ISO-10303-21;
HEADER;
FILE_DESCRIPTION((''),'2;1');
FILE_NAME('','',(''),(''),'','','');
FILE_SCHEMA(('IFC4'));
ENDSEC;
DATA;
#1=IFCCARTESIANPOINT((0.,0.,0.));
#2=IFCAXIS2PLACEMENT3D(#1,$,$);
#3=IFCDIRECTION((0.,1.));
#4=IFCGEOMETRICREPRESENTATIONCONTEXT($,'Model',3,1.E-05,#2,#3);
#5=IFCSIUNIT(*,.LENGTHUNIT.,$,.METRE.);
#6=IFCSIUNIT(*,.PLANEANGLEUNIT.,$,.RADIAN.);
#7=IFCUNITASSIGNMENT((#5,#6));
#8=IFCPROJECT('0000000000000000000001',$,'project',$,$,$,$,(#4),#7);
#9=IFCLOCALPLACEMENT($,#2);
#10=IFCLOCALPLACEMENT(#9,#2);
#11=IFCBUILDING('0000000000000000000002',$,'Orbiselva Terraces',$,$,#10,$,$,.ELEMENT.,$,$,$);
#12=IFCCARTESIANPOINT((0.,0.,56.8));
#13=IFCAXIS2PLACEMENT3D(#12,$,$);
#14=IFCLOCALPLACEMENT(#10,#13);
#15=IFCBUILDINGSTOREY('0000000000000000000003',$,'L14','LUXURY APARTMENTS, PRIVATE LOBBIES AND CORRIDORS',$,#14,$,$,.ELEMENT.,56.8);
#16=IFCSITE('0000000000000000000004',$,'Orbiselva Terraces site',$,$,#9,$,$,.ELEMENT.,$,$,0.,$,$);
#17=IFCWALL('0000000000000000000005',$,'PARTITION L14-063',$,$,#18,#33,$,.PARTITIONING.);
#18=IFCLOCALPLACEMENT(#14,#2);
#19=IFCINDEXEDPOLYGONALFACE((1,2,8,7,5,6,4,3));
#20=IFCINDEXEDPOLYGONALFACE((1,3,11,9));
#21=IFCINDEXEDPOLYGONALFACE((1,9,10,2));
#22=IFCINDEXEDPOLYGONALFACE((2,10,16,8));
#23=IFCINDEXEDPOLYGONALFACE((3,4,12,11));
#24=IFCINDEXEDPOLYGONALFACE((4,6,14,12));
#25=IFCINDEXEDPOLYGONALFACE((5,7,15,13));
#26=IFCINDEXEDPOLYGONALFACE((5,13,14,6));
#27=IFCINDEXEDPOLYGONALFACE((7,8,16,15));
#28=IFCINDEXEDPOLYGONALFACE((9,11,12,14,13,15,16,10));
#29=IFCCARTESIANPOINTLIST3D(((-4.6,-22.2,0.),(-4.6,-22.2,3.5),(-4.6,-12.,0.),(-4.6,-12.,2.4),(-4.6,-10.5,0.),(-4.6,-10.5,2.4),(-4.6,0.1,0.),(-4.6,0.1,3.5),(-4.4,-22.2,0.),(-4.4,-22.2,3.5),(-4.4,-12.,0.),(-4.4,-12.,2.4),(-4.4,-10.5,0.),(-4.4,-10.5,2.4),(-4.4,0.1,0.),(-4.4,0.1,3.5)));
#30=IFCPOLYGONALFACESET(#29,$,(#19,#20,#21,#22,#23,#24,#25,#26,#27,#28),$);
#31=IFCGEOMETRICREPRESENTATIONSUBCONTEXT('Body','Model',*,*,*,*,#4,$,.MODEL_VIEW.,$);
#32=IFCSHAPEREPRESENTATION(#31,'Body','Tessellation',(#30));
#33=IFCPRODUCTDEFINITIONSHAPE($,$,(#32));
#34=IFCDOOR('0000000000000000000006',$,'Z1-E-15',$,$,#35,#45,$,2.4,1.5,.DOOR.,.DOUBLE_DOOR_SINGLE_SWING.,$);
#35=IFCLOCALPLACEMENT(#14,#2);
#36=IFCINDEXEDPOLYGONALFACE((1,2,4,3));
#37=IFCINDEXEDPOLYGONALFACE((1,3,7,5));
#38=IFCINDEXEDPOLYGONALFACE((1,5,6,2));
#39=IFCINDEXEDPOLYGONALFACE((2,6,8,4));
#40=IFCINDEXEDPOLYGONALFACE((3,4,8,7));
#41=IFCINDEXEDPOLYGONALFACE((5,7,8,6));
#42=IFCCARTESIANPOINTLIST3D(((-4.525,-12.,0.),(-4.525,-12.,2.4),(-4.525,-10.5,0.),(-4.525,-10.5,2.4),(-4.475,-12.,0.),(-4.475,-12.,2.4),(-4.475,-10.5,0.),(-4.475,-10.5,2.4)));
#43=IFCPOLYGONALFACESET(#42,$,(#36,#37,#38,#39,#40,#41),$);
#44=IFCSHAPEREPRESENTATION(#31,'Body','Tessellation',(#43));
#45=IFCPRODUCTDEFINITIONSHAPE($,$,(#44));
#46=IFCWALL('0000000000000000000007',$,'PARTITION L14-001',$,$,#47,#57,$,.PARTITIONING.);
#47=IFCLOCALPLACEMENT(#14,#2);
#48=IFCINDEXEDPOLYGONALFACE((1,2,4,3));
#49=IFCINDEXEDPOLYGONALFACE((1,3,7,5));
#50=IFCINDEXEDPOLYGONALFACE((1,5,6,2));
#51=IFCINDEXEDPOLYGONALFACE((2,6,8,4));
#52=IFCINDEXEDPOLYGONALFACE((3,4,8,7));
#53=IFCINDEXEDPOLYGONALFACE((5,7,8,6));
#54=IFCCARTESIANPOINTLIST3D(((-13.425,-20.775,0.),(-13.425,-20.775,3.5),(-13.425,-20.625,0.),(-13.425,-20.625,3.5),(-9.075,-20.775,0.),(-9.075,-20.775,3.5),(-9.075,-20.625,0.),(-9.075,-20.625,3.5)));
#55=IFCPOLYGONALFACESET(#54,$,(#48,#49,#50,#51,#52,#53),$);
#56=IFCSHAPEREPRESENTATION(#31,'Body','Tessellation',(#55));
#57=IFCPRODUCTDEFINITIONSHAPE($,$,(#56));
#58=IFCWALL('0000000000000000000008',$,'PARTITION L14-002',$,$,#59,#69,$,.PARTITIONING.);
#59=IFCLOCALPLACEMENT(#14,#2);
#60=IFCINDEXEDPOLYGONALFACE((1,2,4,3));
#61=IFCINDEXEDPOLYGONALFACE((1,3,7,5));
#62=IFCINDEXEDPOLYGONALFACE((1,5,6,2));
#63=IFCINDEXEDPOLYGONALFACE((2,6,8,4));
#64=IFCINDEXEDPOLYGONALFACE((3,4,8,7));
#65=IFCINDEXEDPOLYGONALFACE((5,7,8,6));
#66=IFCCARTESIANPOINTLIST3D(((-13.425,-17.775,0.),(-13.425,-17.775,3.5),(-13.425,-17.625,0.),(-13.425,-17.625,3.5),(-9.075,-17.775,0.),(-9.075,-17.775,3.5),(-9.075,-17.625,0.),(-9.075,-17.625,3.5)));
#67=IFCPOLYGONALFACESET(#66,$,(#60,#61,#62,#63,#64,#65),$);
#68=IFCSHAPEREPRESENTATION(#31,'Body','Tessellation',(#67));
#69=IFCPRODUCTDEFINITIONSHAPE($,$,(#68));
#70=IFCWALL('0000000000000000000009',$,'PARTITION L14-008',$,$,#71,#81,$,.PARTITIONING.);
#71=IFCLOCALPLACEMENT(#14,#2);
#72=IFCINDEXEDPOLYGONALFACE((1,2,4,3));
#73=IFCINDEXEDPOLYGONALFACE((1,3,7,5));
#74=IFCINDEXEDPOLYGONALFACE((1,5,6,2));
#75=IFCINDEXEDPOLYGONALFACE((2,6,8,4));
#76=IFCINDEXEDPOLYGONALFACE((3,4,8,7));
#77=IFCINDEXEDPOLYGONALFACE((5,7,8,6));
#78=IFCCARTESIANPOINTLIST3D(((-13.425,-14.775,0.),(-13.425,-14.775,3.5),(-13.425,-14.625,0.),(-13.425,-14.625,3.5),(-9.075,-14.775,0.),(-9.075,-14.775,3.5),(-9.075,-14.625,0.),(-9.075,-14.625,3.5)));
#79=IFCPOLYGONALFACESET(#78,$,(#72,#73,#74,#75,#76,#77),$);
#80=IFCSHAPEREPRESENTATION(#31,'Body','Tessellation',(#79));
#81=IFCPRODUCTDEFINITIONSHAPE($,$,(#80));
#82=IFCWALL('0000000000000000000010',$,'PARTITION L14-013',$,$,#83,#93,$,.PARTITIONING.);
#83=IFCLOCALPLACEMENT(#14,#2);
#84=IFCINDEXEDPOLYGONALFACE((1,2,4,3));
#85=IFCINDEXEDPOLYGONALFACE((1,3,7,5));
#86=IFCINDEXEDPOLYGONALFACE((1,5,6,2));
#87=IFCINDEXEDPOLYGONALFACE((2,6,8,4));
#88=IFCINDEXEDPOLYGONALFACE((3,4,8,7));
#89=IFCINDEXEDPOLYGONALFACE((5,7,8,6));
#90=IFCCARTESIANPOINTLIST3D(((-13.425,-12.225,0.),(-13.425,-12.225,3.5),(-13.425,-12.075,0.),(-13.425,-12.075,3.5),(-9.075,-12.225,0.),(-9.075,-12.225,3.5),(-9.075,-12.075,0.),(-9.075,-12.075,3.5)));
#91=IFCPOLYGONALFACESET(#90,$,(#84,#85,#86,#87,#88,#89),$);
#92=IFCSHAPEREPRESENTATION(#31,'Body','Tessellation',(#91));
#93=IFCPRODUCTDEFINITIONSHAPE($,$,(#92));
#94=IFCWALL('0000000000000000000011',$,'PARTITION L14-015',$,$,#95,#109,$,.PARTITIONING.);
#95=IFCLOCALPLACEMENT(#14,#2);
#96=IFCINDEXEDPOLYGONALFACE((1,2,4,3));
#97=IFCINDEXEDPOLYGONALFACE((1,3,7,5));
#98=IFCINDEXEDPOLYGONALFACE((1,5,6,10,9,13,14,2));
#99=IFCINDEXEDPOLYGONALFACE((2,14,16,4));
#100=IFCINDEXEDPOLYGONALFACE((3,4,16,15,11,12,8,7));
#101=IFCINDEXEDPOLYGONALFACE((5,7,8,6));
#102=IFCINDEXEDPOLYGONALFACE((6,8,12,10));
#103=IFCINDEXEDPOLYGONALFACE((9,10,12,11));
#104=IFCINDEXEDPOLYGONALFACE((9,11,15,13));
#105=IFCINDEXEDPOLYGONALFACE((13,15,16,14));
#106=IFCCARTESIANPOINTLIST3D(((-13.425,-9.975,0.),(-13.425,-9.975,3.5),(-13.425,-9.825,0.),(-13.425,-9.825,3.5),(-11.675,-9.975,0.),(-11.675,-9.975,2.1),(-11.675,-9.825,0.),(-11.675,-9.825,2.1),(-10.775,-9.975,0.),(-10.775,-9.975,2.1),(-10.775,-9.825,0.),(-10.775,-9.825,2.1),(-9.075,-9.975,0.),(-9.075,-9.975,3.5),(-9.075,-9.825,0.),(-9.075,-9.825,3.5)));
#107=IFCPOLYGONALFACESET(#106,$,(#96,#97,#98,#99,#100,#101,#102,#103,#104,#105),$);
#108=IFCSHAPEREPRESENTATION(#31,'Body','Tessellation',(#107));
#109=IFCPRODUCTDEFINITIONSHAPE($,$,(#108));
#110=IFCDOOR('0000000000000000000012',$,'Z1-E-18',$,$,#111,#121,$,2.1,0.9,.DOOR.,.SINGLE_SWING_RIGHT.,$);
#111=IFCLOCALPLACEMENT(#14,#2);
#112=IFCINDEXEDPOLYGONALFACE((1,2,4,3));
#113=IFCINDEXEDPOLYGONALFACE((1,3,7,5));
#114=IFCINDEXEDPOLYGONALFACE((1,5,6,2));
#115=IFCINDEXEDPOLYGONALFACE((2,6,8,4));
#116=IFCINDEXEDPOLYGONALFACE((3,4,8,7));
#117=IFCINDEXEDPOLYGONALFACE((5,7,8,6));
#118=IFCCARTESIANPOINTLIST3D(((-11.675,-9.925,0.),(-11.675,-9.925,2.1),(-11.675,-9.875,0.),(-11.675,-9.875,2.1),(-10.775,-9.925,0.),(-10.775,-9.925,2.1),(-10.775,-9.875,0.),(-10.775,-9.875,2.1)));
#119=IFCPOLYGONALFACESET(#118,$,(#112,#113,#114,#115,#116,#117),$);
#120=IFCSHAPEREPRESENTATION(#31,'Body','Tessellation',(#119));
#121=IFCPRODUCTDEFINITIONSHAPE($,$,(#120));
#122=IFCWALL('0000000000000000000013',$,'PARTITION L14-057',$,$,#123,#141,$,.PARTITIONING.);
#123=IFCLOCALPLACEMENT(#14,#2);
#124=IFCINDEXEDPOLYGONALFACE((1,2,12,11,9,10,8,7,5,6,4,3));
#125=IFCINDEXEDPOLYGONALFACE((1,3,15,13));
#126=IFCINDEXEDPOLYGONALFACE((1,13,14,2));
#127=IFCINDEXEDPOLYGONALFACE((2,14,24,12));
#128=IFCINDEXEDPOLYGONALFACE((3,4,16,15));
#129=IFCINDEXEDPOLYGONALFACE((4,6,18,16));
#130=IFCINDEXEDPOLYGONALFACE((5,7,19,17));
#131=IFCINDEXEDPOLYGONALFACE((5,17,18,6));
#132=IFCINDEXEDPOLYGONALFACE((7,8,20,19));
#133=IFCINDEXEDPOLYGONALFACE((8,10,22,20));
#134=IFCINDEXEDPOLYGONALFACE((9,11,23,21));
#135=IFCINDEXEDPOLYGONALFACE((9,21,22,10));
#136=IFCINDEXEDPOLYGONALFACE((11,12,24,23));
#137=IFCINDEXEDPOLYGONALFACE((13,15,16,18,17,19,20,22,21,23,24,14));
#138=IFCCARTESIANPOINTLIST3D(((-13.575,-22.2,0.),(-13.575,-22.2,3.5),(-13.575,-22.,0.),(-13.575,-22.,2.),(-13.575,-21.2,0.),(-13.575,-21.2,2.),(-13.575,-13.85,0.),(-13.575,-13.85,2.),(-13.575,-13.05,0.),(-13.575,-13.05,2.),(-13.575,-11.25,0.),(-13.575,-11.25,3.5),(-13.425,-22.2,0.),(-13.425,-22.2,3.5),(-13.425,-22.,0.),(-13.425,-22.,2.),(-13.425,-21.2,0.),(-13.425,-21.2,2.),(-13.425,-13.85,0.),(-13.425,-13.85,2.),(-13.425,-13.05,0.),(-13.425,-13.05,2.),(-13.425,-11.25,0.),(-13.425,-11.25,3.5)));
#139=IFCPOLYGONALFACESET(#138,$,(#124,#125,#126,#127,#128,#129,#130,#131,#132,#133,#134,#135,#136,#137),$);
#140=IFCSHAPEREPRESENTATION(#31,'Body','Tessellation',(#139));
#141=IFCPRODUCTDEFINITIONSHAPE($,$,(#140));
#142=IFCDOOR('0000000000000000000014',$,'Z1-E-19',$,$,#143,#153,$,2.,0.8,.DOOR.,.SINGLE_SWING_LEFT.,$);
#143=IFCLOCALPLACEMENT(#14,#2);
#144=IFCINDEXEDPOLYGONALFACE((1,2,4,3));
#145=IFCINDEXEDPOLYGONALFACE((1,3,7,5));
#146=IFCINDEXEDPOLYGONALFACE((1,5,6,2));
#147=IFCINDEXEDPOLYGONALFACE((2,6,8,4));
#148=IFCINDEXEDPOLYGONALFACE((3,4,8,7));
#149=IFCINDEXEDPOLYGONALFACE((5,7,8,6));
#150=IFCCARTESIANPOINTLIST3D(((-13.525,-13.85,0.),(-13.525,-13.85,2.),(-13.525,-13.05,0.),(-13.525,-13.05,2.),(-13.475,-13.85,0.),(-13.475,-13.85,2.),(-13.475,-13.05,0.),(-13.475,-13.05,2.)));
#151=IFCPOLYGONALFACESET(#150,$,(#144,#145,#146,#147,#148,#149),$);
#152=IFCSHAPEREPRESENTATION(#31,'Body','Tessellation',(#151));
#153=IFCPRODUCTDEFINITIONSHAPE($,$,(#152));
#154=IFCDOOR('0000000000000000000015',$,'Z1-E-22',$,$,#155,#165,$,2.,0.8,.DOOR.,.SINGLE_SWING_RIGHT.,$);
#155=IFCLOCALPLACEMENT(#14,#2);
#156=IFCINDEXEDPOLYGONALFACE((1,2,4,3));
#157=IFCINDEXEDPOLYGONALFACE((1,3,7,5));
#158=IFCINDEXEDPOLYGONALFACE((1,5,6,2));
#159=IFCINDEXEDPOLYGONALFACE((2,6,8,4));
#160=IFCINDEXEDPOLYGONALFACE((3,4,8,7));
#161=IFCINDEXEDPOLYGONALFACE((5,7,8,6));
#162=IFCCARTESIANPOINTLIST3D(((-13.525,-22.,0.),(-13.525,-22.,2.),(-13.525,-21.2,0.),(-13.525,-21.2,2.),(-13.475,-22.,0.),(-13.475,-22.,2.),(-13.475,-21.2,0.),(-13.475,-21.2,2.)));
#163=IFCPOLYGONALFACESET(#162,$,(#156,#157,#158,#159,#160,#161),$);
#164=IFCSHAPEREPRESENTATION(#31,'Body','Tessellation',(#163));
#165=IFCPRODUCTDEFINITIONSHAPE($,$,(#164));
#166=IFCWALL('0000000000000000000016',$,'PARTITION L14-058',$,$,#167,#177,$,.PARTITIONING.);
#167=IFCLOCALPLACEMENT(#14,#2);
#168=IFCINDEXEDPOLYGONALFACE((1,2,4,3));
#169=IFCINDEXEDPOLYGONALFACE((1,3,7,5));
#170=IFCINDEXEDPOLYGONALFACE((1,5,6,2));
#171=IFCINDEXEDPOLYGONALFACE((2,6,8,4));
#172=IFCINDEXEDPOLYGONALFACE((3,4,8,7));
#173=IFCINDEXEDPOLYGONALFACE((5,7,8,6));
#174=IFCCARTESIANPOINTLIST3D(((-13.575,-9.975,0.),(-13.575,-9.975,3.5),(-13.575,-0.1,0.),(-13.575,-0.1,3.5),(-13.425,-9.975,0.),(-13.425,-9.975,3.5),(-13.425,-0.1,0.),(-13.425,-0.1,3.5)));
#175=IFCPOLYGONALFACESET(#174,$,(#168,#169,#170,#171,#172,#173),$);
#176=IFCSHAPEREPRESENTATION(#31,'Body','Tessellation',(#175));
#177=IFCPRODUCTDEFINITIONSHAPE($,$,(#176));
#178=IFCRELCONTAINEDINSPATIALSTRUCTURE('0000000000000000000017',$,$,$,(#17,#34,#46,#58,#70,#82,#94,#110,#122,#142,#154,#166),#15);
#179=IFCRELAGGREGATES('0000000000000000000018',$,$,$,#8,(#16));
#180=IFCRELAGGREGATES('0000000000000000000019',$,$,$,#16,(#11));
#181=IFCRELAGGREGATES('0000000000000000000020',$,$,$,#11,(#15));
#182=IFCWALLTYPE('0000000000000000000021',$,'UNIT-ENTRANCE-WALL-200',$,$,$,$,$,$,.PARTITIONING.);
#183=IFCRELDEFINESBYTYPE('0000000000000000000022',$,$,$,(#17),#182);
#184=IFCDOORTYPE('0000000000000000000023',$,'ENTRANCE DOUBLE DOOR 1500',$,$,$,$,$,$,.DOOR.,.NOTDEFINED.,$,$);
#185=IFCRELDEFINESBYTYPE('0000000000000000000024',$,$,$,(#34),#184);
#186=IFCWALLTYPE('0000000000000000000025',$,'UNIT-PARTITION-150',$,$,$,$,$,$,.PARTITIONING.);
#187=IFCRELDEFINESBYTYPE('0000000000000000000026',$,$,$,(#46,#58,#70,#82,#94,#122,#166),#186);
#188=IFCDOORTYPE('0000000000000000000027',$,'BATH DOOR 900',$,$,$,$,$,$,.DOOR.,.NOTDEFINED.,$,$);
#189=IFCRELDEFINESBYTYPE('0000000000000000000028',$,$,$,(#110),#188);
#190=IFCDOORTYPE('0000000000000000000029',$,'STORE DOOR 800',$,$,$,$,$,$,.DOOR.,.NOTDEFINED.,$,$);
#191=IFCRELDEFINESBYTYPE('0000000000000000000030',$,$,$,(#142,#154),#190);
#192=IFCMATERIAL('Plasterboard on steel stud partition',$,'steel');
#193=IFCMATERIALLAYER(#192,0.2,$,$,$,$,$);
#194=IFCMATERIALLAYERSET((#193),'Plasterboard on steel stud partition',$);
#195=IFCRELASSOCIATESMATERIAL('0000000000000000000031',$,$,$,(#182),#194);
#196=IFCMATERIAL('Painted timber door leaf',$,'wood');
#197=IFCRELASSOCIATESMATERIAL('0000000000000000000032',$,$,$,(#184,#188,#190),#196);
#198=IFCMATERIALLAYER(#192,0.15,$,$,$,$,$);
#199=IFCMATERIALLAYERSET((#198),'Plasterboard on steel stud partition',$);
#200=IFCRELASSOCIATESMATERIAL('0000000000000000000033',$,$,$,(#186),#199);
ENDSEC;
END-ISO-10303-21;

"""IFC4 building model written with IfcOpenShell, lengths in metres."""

from ifc_helpers import new_model, si_unit, direction, frame, frame_2d, origin, place, context, subcontext, project, spatial, rectangle, extrude, material, layer, layer_set, type_object, element, fill, save


model = new_model("IFC4")

# Units and contexts
model_context = context("Model", 3, precision=1e-05, world=origin(), true_north=direction((0.0, 1.0)))
body_context = subcontext(model_context, "Body", "Model", "MODEL_VIEW")
ifc_project = project(units=[si_unit("LENGTHUNIT", "METRE"), si_unit("PLANEANGLEUNIT", "RADIAN")], contexts=[model_context])

# Site, building, storey
site_placement = place(None, origin())
site = spatial("IfcSite", under=ifc_project, at=site_placement, Name="Orbiselva Terraces site", CompositionType="ELEMENT", RefElevation=0.0)
building_placement = place(site_placement, origin())
building = spatial("IfcBuilding", under=site, at=building_placement, Name="Orbiselva Terraces", CompositionType="ELEMENT")
storey_placement = place(building_placement, frame((0.0, 0.0, 56.8)))
storey = spatial("IfcBuildingStorey", under=building, at=storey_placement, Name="L14", Description="LUXURY APARTMENTS, PRIVATE LOBBIES AND CORRIDORS", CompositionType="ELEMENT", Elevation=56.8)

# Wall, opening, door
ifc_material_1 = material(Name="Plasterboard on steel stud partition", Category="steel")
ifc_layer_1 = layer(ifc_material_1, 0.2)
ifc_layer_set_1 = layer_set([ifc_layer_1], Name="Plasterboard on steel stud partition")
wall_type_1 = type_object("IfcWallType", Name="UNIT-ENTRANCE-WALL-200", PredefinedType="PARTITIONING", material=ifc_layer_set_1)
wall_1_placement = place(storey_placement, frame((-4.5, -22.2, 0.0), z_axis=(0.0, 0.0, 1.0), x_axis=(0.0, 1.0, 0.0)))
wall_1 = element("IfcWall", 1, at=wall_1_placement, inside=storey, type_object=wall_type_1, Name="PARTITION L14-063", PredefinedType="PARTITIONING", context=body_context, shape_type="SweptSolid", body=[
    extrude(rectangle(XDim=22.3, YDim=0.2, at=frame_2d((11.15, 0.0))), origin(), (0.0, 0.0, 1.0), 3.5),
])
opening_1_placement = place(wall_1_placement, frame((10.2, 0.0, 0.0)))
opening_1 = element("IfcOpeningElement", 2, at=opening_1_placement, cuts=wall_1, PredefinedType="OPENING", context=body_context, shape_type="SweptSolid", body=[
    extrude(rectangle(XDim=1.5, YDim=2.4, at=frame_2d((0.75, 1.2))), frame((0.0, 0.11, 0.0), z_axis=(0.0, -1.0, 0.0), x_axis=(1.0, 0.0, 0.0)), (0.0, 0.0, 1.0), 0.22),
])
ifc_material_2 = material(Name="Painted timber door leaf", Category="wood")
door_type_1 = type_object("IfcDoorType", Name="ENTRANCE DOUBLE DOOR 1500", OperationType="NOTDEFINED", PredefinedType="DOOR", material=ifc_material_2)
door_1_placement = place(opening_1_placement, origin())
door_1 = element("IfcDoor", 3, at=door_1_placement, inside=storey, type_object=door_type_1, Name="Z1-E-15", OperationType="DOUBLE_DOOR_SINGLE_SWING", OverallHeight=2.4, OverallWidth=1.5, PredefinedType="DOOR", context=body_context, shape_type="SweptSolid", body=[
    extrude(rectangle(XDim=1.5, YDim=2.4, at=frame_2d((0.75, 1.2))), frame((0.0, 0.025, 0.0), z_axis=(0.0, -1.0, 0.0), x_axis=(1.0, 0.0, 0.0)), (0.0, 0.0, 1.0), 0.05),
])
fill(opening_1, door_1)

# Walls
ifc_layer_2 = layer(ifc_material_1, 0.15)
ifc_layer_set_2 = layer_set([ifc_layer_2], Name="Plasterboard on steel stud partition")
wall_type_2 = type_object("IfcWallType", Name="UNIT-PARTITION-150", PredefinedType="PARTITIONING", material=ifc_layer_set_2)
for number, where, z_axis, x_axis, name in (
    (4, (-13.425, -20.7, 0.0), (0.0, 0.0, 1.0), (1.0, 0.0, 0.0), "PARTITION L14-001"),
    (5, (-13.425, -17.7, 0.0), (0.0, 0.0, 1.0), (1.0, 0.0, 0.0), "PARTITION L14-002"),
    (6, (-13.425, -14.7, 0.0), (0.0, 0.0, 1.0), (1.0, 0.0, 0.0), "PARTITION L14-008"),
    (7, (-13.425, -12.15, 0.0), (0.0, 0.0, 1.0), (1.0, 0.0, 0.0), "PARTITION L14-013"),
):
    element("IfcWall", number, at=place(storey_placement, frame(where, z_axis=z_axis, x_axis=x_axis)), inside=storey, type_object=wall_type_2, Name=name, PredefinedType="PARTITIONING", context=body_context, shape_type="SweptSolid", body=[
        extrude(rectangle(XDim=4.35, YDim=0.15, at=frame_2d((2.175, 0.0))), origin(), (0.0, 0.0, 1.0), 3.5),
    ])

# Wall, opening, door
wall_2_placement = place(storey_placement, frame((-13.425, -9.9, 0.0), z_axis=(0.0, 0.0, 1.0), x_axis=(1.0, 0.0, 0.0)))
wall_2 = element("IfcWall", 8, at=wall_2_placement, inside=storey, type_object=wall_type_2, Name="PARTITION L14-015", PredefinedType="PARTITIONING", context=body_context, shape_type="SweptSolid", body=[
    extrude(rectangle(XDim=4.35, YDim=0.15, at=frame_2d((2.175, 0.0))), origin(), (0.0, 0.0, 1.0), 3.5),
])
opening_2_placement = place(wall_2_placement, frame((1.75, 0.0, 0.0)))
opening_2 = element("IfcOpeningElement", 9, at=opening_2_placement, cuts=wall_2, PredefinedType="OPENING", context=body_context, shape_type="SweptSolid", body=[
    extrude(rectangle(XDim=0.9, YDim=2.1, at=frame_2d((0.45, 1.05))), frame((0.0, 0.085, 0.0), z_axis=(0.0, -1.0, 0.0), x_axis=(1.0, 0.0, 0.0)), (0.0, 0.0, 1.0), 0.17),
])
door_type_2 = type_object("IfcDoorType", Name="BATH DOOR 900", OperationType="NOTDEFINED", PredefinedType="DOOR", material=ifc_material_2)
door_2_placement = place(opening_2_placement, origin())
door_2 = element("IfcDoor", 10, at=door_2_placement, inside=storey, type_object=door_type_2, Name="Z1-E-18", OperationType="SINGLE_SWING_RIGHT", OverallHeight=2.1, OverallWidth=0.9, PredefinedType="DOOR", context=body_context, shape_type="SweptSolid", body=[
    extrude(rectangle(XDim=0.9, YDim=2.1, at=frame_2d((0.45, 1.05))), frame((0.0, 0.025, 0.0), z_axis=(0.0, -1.0, 0.0), x_axis=(1.0, 0.0, 0.0)), (0.0, 0.0, 1.0), 0.05),
])
fill(opening_2, door_2)

# Wall, openings, doors
wall_3_placement = place(storey_placement, frame((-13.5, -11.25, 0.0), z_axis=(0.0, 0.0, 1.0), x_axis=(0.0, -1.0, 0.0)))
wall_3 = element("IfcWall", 11, at=wall_3_placement, inside=storey, type_object=wall_type_2, Name="PARTITION L14-057", PredefinedType="PARTITIONING", context=body_context, shape_type="SweptSolid", body=[
    extrude(rectangle(XDim=10.95, YDim=0.15, at=frame_2d((5.475, 0.0))), origin(), (0.0, 0.0, 1.0), 3.5),
])
opening_3_placement = place(wall_3_placement, frame((1.8, 0.0, 0.0)))
opening_3 = element("IfcOpeningElement", 12, at=opening_3_placement, cuts=wall_3, PredefinedType="OPENING", context=body_context, shape_type="SweptSolid", body=[
    extrude(rectangle(XDim=0.8, YDim=2.0, at=frame_2d((0.4, 1.0))), frame((0.0, 0.085, 0.0), z_axis=(0.0, -1.0, 0.0), x_axis=(1.0, 0.0, 0.0)), (0.0, 0.0, 1.0), 0.17),
])
opening_4_placement = place(wall_3_placement, frame((9.95, 0.0, 0.0)))
opening_4 = element("IfcOpeningElement", 13, at=opening_4_placement, cuts=wall_3, PredefinedType="OPENING", context=body_context, shape_type="SweptSolid", body=[
    extrude(rectangle(XDim=0.8, YDim=2.0, at=frame_2d((0.4, 1.0))), frame((0.0, 0.085, 0.0), z_axis=(0.0, -1.0, 0.0), x_axis=(1.0, 0.0, 0.0)), (0.0, 0.0, 1.0), 0.17),
])
door_type_3 = type_object("IfcDoorType", Name="STORE DOOR 800", OperationType="NOTDEFINED", PredefinedType="DOOR", material=ifc_material_2)
door_3_placement = place(opening_3_placement, origin())
door_3 = element("IfcDoor", 14, at=door_3_placement, inside=storey, type_object=door_type_3, Name="Z1-E-19", OperationType="SINGLE_SWING_LEFT", OverallHeight=2.0, OverallWidth=0.8, PredefinedType="DOOR", context=body_context, shape_type="SweptSolid", body=[
    extrude(rectangle(XDim=0.8, YDim=2.0, at=frame_2d((0.4, 1.0))), frame((0.0, 0.025, 0.0), z_axis=(0.0, -1.0, 0.0), x_axis=(1.0, 0.0, 0.0)), (0.0, 0.0, 1.0), 0.05),
])
fill(opening_3, door_3)
door_4_placement = place(opening_4_placement, origin())
door_4 = element("IfcDoor", 15, at=door_4_placement, inside=storey, type_object=door_type_3, Name="Z1-E-22", OperationType="SINGLE_SWING_RIGHT", OverallHeight=2.0, OverallWidth=0.8, PredefinedType="DOOR", context=body_context, shape_type="SweptSolid", body=[
    extrude(rectangle(XDim=0.8, YDim=2.0, at=frame_2d((0.4, 1.0))), frame((0.0, 0.025, 0.0), z_axis=(0.0, -1.0, 0.0), x_axis=(1.0, 0.0, 0.0)), (0.0, 0.0, 1.0), 0.05),
])
fill(opening_4, door_4)

# Wall
wall_4_placement = place(storey_placement, frame((-13.5, -9.975, 0.0), z_axis=(0.0, 0.0, 1.0), x_axis=(0.0, 1.0, 0.0)))
element("IfcWall", 16, at=wall_4_placement, inside=storey, type_object=wall_type_2, Name="PARTITION L14-058", PredefinedType="PARTITIONING", context=body_context, shape_type="SweptSolid", body=[
    extrude(rectangle(XDim=9.875, YDim=0.15, at=frame_2d((4.9375, 0.0))), origin(), (0.0, 0.0, 1.0), 3.5),
])

save(model, "model.ifc")
